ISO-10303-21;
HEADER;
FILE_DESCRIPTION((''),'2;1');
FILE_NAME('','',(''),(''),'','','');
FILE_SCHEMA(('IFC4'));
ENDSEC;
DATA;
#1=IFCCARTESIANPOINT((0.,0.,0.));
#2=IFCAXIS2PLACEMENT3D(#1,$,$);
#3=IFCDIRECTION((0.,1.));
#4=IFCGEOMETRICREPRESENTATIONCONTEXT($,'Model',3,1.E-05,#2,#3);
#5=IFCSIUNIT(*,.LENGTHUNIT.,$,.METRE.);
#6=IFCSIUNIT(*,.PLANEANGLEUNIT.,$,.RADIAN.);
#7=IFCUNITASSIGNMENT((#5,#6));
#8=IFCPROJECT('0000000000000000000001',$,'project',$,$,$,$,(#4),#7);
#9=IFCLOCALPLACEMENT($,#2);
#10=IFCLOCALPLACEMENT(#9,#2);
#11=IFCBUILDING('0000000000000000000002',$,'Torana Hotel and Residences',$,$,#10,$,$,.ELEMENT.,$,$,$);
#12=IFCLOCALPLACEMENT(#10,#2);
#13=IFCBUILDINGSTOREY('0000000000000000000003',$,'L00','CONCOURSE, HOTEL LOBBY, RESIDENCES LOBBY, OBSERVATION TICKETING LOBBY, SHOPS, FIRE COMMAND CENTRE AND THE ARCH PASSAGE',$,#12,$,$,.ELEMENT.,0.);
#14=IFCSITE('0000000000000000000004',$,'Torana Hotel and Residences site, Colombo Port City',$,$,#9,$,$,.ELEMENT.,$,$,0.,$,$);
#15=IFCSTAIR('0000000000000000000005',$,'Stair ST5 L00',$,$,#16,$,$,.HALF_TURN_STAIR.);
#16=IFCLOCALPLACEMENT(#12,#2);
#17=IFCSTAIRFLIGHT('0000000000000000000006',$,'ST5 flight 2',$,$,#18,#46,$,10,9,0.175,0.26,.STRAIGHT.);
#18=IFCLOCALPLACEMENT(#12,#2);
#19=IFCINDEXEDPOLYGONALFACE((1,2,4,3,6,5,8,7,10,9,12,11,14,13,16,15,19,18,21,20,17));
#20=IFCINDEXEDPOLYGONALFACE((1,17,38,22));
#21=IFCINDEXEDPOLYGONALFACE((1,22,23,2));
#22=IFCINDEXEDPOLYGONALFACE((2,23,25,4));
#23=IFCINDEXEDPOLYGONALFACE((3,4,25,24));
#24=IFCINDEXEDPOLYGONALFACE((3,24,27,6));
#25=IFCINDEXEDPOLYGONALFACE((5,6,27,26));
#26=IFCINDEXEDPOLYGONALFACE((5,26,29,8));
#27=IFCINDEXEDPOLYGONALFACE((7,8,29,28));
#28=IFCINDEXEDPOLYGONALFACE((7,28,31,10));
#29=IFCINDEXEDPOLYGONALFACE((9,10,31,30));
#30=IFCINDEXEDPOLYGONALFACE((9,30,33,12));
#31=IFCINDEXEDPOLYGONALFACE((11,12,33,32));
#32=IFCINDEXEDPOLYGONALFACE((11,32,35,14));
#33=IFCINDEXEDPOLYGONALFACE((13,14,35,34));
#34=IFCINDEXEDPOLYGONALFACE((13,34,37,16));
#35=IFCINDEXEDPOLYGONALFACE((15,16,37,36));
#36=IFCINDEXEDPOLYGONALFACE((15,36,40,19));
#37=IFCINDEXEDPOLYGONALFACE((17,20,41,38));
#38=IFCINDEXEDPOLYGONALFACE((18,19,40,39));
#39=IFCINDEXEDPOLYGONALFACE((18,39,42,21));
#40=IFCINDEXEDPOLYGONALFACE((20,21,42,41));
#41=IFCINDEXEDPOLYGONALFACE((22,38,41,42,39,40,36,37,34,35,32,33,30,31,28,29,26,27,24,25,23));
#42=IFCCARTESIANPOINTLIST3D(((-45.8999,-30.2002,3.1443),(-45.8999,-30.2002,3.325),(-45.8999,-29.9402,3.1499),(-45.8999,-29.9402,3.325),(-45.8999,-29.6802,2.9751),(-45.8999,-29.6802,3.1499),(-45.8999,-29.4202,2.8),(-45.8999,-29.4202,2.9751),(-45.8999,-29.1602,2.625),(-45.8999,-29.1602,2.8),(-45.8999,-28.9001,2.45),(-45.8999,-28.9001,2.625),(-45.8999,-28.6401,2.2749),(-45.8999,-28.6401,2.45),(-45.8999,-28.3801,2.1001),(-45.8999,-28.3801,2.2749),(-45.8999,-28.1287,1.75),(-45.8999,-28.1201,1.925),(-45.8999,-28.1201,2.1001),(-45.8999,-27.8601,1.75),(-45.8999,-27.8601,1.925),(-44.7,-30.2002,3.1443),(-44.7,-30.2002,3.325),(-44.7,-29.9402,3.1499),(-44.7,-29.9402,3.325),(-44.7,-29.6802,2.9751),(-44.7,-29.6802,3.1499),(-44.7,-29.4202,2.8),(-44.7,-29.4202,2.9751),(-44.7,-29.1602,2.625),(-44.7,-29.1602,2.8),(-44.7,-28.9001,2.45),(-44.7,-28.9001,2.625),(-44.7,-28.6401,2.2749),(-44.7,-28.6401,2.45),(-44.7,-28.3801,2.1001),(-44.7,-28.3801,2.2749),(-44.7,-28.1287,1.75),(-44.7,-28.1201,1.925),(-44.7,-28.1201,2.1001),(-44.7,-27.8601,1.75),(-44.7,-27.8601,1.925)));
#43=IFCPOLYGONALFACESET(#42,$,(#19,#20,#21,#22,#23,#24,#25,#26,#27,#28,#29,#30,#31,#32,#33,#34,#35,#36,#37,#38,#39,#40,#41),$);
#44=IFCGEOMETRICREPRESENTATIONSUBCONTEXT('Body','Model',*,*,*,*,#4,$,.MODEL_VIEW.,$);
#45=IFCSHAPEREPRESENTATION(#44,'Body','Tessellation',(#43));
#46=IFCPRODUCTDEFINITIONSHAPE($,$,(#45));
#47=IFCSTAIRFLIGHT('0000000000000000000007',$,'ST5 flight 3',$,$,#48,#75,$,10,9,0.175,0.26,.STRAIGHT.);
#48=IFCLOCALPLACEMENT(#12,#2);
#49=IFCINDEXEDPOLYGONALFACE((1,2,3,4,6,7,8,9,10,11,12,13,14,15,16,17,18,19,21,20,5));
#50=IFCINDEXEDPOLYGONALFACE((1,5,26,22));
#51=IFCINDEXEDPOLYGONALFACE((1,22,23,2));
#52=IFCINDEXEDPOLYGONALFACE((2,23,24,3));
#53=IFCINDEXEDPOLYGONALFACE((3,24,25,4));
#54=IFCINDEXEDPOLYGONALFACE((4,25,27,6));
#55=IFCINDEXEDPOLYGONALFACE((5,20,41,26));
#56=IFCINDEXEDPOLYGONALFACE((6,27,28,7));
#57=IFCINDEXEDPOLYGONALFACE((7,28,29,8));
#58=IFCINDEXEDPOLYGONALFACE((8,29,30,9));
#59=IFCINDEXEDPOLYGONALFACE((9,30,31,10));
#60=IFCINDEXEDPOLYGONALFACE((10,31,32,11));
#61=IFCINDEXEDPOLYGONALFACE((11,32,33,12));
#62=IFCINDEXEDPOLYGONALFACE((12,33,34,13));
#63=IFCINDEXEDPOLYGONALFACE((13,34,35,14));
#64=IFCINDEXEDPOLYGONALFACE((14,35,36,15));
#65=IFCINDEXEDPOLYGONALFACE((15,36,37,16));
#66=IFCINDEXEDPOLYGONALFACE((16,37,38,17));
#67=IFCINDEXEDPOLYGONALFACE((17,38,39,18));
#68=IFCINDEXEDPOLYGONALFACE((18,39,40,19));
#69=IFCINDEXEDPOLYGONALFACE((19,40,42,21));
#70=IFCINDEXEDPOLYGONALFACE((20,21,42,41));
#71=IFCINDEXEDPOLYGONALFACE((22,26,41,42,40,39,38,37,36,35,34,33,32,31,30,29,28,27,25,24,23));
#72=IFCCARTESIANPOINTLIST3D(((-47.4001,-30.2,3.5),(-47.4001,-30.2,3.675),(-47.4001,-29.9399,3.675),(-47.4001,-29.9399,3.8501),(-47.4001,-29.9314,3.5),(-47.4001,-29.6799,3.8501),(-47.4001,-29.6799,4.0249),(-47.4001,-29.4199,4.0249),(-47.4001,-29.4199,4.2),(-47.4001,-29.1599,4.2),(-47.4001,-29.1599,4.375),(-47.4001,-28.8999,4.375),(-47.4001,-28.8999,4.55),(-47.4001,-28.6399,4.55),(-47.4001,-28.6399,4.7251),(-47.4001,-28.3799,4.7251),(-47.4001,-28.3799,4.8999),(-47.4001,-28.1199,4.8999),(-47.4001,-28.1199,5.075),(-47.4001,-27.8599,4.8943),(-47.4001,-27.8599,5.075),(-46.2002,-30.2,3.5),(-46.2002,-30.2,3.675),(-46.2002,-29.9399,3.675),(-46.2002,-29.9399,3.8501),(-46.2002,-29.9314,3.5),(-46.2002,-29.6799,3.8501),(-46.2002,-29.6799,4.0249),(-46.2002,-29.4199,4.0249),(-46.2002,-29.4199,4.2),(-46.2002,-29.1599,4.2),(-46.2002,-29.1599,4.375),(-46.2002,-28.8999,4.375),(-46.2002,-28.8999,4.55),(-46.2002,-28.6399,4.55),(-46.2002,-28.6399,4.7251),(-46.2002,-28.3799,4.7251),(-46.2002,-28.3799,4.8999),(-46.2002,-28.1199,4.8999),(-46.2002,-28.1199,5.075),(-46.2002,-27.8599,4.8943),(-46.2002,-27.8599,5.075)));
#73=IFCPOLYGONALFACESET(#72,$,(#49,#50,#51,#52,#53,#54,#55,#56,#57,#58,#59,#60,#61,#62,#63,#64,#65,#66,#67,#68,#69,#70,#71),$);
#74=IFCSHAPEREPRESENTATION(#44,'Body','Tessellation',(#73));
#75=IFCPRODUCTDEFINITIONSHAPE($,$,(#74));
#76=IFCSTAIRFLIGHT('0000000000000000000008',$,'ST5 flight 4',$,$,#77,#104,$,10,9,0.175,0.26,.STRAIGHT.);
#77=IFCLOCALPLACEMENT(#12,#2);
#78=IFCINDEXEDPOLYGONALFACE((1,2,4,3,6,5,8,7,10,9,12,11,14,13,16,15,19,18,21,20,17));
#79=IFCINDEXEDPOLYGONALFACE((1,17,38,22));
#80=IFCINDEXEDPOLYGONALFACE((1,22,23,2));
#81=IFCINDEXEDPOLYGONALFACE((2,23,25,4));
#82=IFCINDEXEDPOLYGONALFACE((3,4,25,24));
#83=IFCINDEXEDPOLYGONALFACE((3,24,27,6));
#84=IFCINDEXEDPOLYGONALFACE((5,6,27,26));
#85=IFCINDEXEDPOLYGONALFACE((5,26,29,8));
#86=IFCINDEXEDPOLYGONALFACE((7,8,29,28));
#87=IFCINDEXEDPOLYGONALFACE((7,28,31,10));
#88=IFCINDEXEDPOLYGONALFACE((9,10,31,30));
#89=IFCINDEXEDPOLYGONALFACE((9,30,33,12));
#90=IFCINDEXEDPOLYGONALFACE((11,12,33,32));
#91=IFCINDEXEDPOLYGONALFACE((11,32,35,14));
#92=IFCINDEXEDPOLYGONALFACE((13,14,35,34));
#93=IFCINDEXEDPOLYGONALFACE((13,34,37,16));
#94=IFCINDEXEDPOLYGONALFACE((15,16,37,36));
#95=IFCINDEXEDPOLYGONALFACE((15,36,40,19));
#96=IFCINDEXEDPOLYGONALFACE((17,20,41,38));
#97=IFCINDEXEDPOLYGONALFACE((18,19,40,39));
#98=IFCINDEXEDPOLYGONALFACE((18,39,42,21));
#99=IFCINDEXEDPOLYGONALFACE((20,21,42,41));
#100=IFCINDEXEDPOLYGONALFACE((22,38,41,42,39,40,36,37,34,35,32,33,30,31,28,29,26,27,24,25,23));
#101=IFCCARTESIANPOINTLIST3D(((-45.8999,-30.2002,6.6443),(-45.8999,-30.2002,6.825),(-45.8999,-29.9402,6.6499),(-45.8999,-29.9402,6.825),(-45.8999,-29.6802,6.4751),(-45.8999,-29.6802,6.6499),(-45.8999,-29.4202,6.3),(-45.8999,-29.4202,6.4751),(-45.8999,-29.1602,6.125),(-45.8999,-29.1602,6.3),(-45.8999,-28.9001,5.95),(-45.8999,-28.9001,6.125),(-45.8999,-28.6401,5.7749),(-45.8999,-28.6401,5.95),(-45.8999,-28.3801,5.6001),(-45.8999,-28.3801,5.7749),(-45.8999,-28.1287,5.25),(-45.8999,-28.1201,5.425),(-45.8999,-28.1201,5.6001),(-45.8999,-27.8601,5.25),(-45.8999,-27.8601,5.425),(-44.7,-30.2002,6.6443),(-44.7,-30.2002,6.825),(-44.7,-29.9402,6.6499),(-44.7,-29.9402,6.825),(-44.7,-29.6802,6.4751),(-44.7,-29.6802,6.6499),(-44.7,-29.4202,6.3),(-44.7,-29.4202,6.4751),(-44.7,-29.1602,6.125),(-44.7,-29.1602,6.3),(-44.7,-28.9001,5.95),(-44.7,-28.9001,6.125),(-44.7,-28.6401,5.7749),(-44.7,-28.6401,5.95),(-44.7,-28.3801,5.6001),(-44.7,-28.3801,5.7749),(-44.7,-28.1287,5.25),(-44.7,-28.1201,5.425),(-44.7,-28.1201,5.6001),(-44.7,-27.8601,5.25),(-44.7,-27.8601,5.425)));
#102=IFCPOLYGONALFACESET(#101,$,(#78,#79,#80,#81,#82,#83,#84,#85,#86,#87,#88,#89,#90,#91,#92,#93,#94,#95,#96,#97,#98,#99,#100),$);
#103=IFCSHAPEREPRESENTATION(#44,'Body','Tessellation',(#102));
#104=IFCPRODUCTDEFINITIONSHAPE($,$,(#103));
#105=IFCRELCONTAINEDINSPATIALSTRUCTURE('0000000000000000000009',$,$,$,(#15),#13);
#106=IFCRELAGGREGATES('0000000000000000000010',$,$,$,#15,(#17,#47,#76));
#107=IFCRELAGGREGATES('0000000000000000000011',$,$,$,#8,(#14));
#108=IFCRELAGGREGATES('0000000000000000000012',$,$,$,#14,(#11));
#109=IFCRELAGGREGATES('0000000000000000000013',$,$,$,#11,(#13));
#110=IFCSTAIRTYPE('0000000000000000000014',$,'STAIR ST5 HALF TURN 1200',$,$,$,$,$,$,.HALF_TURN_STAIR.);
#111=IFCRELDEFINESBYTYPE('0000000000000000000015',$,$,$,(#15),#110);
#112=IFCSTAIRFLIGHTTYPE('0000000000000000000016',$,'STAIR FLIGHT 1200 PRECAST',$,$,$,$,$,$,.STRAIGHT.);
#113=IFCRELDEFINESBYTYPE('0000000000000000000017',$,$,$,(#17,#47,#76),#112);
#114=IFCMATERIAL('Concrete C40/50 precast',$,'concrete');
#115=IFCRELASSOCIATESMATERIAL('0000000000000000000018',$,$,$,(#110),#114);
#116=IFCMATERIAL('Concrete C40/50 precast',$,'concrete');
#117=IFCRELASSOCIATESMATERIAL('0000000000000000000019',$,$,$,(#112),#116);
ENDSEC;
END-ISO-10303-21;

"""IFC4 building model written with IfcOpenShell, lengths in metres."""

from ifc_helpers import new_model, si_unit, direction, frame, origin, place, context, subcontext, project, spatial, polyline, outline, extrude, material, type_object, element, aggregate, save


model = new_model("IFC4")

# Units and contexts
model_context = context("Model", 3, precision=1e-05, world=origin(), true_north=direction((0.0, 1.0)))
body_context = subcontext(model_context, "Body", "Model", "MODEL_VIEW")
ifc_project = project(units=[si_unit("LENGTHUNIT", "METRE"), si_unit("PLANEANGLEUNIT", "RADIAN")], contexts=[model_context])

# Site, building, storey
site_placement = place(None, origin())
site = spatial("IfcSite", under=ifc_project, at=site_placement, Name="Torana Hotel and Residences site, Colombo Port City", CompositionType="ELEMENT", RefElevation=0.0)
building_placement = place(site_placement, origin())
building = spatial("IfcBuilding", under=site, at=building_placement, Name="Torana Hotel and Residences", CompositionType="ELEMENT")
storey_placement = place(building_placement, origin())
storey = spatial("IfcBuildingStorey", under=building, at=storey_placement, Name="L00", Description="CONCOURSE, HOTEL LOBBY, RESIDENCES LOBBY, OBSERVATION TICKETING LOBBY, SHOPS, FIRE COMMAND CENTRE AND THE ARCH PASSAGE", CompositionType="ELEMENT", Elevation=0.0)

# Stair, stair flights
ifc_material_1 = material(Name="Concrete C40/50 precast", Category="concrete")
stair_type = type_object("IfcStairType", Name="STAIR ST5 HALF TURN 1200", PredefinedType="HALF_TURN_STAIR", material=ifc_material_1)
stair_placement = place(storey_placement, origin())
stair = element("IfcStair", 1, at=stair_placement, inside=storey, type_object=stair_type, Name="Stair ST5 L00", PredefinedType="HALF_TURN_STAIR")
ifc_material_2 = material(Name="Concrete C40/50 precast", Category="concrete")
stair_flight_type = type_object("IfcStairFlightType", Name="STAIR FLIGHT 1200 PRECAST", PredefinedType="STRAIGHT", material=ifc_material_2)
stair_flight_1_placement = place(storey_placement, frame((-45.3, -27.8601, 1.75), z_axis=(0.0, 0.0, 1.0), x_axis=(0.0, -1.0, 0.0)))
stair_flight_1 = element("IfcStairFlight", 2, at=stair_flight_1_placement, type_object=stair_flight_type, Name="ST5 flight 2", NumberOfRisers=10, NumberOfTreads=9, PredefinedType="STRAIGHT", RiserHeight=0.175, TreadLength=0.26, context=body_context, shape_type="SweptSolid", body=[
    extrude(outline(polyline([(0.0, 0.0), (0.0, 0.175), (0.26, 0.175), (0.26, 0.3501), (0.52, 0.3501), (0.52, 0.5249), (0.78, 0.5249), (0.78, 0.7), (1.04, 0.7), (1.04, 0.875), (1.3, 0.875), (1.3, 1.05), (1.5601, 1.05), (1.5601, 1.2251), (1.8201, 1.2251), (1.8201, 1.3999), (2.0801, 1.3999), (2.0801, 1.575), (2.3401, 1.575), (2.3401, 1.75), (2.3401, 1.3943), (0.2686, 0.0), (0.0, 0.0)])), frame((0.0, 0.6001, 0.0), z_axis=(0.0, -1.0, 0.0), x_axis=(1.0, 0.0, 0.0)), (0.0, 0.0, 1.0), 1.2),
])
stair_flight_2_placement = place(storey_placement, frame((-46.8, -30.2, 3.5), z_axis=(0.0, 0.0, 1.0), x_axis=(0.0, 1.0, 0.0)))
stair_flight_2 = element("IfcStairFlight", 3, at=stair_flight_2_placement, type_object=stair_flight_type, Name="ST5 flight 3", NumberOfRisers=10, NumberOfTreads=9, PredefinedType="STRAIGHT", RiserHeight=0.175, TreadLength=0.26, context=body_context, shape_type="SweptSolid", body=[
    extrude(outline(polyline([(0.0, 0.0), (0.0, 0.175), (0.26, 0.175), (0.26, 0.3501), (0.52, 0.3501), (0.52, 0.5249), (0.78, 0.5249), (0.78, 0.7), (1.04, 0.7), (1.04, 0.875), (1.3, 0.875), (1.3, 1.05), (1.5601, 1.05), (1.5601, 1.2251), (1.8201, 1.2251), (1.8201, 1.3999), (2.0801, 1.3999), (2.0801, 1.575), (2.3401, 1.575), (2.3401, 1.75), (2.3401, 1.3943), (0.2686, 0.0), (0.0, 0.0)])), frame((0.0, 0.6001, 0.0), z_axis=(0.0, -1.0, 0.0), x_axis=(1.0, 0.0, 0.0)), (0.0, 0.0, 1.0), 1.2),
])
stair_flight_3_placement = place(storey_placement, frame((-45.3, -27.8601, 5.25), z_axis=(0.0, 0.0, 1.0), x_axis=(0.0, -1.0, 0.0)))
stair_flight_3 = element("IfcStairFlight", 4, at=stair_flight_3_placement, type_object=stair_flight_type, Name="ST5 flight 4", NumberOfRisers=10, NumberOfTreads=9, PredefinedType="STRAIGHT", RiserHeight=0.175, TreadLength=0.26, context=body_context, shape_type="SweptSolid", body=[
    extrude(outline(polyline([(0.0, 0.0), (0.0, 0.175), (0.26, 0.175), (0.26, 0.3501), (0.52, 0.3501), (0.52, 0.5249), (0.78, 0.5249), (0.78, 0.7), (1.04, 0.7), (1.04, 0.875), (1.3, 0.875), (1.3, 1.05), (1.5601, 1.05), (1.5601, 1.2251), (1.8201, 1.2251), (1.8201, 1.3999), (2.0801, 1.3999), (2.0801, 1.575), (2.3401, 1.575), (2.3401, 1.75), (2.3401, 1.3943), (0.2686, 0.0), (0.0, 0.0)])), frame((0.0, 0.6001, 0.0), z_axis=(0.0, -1.0, 0.0), x_axis=(1.0, 0.0, 0.0)), (0.0, 0.0, 1.0), 1.2),
])
aggregate(stair, [stair_flight_1, stair_flight_2, stair_flight_3])

save(model, "model.ifc")
